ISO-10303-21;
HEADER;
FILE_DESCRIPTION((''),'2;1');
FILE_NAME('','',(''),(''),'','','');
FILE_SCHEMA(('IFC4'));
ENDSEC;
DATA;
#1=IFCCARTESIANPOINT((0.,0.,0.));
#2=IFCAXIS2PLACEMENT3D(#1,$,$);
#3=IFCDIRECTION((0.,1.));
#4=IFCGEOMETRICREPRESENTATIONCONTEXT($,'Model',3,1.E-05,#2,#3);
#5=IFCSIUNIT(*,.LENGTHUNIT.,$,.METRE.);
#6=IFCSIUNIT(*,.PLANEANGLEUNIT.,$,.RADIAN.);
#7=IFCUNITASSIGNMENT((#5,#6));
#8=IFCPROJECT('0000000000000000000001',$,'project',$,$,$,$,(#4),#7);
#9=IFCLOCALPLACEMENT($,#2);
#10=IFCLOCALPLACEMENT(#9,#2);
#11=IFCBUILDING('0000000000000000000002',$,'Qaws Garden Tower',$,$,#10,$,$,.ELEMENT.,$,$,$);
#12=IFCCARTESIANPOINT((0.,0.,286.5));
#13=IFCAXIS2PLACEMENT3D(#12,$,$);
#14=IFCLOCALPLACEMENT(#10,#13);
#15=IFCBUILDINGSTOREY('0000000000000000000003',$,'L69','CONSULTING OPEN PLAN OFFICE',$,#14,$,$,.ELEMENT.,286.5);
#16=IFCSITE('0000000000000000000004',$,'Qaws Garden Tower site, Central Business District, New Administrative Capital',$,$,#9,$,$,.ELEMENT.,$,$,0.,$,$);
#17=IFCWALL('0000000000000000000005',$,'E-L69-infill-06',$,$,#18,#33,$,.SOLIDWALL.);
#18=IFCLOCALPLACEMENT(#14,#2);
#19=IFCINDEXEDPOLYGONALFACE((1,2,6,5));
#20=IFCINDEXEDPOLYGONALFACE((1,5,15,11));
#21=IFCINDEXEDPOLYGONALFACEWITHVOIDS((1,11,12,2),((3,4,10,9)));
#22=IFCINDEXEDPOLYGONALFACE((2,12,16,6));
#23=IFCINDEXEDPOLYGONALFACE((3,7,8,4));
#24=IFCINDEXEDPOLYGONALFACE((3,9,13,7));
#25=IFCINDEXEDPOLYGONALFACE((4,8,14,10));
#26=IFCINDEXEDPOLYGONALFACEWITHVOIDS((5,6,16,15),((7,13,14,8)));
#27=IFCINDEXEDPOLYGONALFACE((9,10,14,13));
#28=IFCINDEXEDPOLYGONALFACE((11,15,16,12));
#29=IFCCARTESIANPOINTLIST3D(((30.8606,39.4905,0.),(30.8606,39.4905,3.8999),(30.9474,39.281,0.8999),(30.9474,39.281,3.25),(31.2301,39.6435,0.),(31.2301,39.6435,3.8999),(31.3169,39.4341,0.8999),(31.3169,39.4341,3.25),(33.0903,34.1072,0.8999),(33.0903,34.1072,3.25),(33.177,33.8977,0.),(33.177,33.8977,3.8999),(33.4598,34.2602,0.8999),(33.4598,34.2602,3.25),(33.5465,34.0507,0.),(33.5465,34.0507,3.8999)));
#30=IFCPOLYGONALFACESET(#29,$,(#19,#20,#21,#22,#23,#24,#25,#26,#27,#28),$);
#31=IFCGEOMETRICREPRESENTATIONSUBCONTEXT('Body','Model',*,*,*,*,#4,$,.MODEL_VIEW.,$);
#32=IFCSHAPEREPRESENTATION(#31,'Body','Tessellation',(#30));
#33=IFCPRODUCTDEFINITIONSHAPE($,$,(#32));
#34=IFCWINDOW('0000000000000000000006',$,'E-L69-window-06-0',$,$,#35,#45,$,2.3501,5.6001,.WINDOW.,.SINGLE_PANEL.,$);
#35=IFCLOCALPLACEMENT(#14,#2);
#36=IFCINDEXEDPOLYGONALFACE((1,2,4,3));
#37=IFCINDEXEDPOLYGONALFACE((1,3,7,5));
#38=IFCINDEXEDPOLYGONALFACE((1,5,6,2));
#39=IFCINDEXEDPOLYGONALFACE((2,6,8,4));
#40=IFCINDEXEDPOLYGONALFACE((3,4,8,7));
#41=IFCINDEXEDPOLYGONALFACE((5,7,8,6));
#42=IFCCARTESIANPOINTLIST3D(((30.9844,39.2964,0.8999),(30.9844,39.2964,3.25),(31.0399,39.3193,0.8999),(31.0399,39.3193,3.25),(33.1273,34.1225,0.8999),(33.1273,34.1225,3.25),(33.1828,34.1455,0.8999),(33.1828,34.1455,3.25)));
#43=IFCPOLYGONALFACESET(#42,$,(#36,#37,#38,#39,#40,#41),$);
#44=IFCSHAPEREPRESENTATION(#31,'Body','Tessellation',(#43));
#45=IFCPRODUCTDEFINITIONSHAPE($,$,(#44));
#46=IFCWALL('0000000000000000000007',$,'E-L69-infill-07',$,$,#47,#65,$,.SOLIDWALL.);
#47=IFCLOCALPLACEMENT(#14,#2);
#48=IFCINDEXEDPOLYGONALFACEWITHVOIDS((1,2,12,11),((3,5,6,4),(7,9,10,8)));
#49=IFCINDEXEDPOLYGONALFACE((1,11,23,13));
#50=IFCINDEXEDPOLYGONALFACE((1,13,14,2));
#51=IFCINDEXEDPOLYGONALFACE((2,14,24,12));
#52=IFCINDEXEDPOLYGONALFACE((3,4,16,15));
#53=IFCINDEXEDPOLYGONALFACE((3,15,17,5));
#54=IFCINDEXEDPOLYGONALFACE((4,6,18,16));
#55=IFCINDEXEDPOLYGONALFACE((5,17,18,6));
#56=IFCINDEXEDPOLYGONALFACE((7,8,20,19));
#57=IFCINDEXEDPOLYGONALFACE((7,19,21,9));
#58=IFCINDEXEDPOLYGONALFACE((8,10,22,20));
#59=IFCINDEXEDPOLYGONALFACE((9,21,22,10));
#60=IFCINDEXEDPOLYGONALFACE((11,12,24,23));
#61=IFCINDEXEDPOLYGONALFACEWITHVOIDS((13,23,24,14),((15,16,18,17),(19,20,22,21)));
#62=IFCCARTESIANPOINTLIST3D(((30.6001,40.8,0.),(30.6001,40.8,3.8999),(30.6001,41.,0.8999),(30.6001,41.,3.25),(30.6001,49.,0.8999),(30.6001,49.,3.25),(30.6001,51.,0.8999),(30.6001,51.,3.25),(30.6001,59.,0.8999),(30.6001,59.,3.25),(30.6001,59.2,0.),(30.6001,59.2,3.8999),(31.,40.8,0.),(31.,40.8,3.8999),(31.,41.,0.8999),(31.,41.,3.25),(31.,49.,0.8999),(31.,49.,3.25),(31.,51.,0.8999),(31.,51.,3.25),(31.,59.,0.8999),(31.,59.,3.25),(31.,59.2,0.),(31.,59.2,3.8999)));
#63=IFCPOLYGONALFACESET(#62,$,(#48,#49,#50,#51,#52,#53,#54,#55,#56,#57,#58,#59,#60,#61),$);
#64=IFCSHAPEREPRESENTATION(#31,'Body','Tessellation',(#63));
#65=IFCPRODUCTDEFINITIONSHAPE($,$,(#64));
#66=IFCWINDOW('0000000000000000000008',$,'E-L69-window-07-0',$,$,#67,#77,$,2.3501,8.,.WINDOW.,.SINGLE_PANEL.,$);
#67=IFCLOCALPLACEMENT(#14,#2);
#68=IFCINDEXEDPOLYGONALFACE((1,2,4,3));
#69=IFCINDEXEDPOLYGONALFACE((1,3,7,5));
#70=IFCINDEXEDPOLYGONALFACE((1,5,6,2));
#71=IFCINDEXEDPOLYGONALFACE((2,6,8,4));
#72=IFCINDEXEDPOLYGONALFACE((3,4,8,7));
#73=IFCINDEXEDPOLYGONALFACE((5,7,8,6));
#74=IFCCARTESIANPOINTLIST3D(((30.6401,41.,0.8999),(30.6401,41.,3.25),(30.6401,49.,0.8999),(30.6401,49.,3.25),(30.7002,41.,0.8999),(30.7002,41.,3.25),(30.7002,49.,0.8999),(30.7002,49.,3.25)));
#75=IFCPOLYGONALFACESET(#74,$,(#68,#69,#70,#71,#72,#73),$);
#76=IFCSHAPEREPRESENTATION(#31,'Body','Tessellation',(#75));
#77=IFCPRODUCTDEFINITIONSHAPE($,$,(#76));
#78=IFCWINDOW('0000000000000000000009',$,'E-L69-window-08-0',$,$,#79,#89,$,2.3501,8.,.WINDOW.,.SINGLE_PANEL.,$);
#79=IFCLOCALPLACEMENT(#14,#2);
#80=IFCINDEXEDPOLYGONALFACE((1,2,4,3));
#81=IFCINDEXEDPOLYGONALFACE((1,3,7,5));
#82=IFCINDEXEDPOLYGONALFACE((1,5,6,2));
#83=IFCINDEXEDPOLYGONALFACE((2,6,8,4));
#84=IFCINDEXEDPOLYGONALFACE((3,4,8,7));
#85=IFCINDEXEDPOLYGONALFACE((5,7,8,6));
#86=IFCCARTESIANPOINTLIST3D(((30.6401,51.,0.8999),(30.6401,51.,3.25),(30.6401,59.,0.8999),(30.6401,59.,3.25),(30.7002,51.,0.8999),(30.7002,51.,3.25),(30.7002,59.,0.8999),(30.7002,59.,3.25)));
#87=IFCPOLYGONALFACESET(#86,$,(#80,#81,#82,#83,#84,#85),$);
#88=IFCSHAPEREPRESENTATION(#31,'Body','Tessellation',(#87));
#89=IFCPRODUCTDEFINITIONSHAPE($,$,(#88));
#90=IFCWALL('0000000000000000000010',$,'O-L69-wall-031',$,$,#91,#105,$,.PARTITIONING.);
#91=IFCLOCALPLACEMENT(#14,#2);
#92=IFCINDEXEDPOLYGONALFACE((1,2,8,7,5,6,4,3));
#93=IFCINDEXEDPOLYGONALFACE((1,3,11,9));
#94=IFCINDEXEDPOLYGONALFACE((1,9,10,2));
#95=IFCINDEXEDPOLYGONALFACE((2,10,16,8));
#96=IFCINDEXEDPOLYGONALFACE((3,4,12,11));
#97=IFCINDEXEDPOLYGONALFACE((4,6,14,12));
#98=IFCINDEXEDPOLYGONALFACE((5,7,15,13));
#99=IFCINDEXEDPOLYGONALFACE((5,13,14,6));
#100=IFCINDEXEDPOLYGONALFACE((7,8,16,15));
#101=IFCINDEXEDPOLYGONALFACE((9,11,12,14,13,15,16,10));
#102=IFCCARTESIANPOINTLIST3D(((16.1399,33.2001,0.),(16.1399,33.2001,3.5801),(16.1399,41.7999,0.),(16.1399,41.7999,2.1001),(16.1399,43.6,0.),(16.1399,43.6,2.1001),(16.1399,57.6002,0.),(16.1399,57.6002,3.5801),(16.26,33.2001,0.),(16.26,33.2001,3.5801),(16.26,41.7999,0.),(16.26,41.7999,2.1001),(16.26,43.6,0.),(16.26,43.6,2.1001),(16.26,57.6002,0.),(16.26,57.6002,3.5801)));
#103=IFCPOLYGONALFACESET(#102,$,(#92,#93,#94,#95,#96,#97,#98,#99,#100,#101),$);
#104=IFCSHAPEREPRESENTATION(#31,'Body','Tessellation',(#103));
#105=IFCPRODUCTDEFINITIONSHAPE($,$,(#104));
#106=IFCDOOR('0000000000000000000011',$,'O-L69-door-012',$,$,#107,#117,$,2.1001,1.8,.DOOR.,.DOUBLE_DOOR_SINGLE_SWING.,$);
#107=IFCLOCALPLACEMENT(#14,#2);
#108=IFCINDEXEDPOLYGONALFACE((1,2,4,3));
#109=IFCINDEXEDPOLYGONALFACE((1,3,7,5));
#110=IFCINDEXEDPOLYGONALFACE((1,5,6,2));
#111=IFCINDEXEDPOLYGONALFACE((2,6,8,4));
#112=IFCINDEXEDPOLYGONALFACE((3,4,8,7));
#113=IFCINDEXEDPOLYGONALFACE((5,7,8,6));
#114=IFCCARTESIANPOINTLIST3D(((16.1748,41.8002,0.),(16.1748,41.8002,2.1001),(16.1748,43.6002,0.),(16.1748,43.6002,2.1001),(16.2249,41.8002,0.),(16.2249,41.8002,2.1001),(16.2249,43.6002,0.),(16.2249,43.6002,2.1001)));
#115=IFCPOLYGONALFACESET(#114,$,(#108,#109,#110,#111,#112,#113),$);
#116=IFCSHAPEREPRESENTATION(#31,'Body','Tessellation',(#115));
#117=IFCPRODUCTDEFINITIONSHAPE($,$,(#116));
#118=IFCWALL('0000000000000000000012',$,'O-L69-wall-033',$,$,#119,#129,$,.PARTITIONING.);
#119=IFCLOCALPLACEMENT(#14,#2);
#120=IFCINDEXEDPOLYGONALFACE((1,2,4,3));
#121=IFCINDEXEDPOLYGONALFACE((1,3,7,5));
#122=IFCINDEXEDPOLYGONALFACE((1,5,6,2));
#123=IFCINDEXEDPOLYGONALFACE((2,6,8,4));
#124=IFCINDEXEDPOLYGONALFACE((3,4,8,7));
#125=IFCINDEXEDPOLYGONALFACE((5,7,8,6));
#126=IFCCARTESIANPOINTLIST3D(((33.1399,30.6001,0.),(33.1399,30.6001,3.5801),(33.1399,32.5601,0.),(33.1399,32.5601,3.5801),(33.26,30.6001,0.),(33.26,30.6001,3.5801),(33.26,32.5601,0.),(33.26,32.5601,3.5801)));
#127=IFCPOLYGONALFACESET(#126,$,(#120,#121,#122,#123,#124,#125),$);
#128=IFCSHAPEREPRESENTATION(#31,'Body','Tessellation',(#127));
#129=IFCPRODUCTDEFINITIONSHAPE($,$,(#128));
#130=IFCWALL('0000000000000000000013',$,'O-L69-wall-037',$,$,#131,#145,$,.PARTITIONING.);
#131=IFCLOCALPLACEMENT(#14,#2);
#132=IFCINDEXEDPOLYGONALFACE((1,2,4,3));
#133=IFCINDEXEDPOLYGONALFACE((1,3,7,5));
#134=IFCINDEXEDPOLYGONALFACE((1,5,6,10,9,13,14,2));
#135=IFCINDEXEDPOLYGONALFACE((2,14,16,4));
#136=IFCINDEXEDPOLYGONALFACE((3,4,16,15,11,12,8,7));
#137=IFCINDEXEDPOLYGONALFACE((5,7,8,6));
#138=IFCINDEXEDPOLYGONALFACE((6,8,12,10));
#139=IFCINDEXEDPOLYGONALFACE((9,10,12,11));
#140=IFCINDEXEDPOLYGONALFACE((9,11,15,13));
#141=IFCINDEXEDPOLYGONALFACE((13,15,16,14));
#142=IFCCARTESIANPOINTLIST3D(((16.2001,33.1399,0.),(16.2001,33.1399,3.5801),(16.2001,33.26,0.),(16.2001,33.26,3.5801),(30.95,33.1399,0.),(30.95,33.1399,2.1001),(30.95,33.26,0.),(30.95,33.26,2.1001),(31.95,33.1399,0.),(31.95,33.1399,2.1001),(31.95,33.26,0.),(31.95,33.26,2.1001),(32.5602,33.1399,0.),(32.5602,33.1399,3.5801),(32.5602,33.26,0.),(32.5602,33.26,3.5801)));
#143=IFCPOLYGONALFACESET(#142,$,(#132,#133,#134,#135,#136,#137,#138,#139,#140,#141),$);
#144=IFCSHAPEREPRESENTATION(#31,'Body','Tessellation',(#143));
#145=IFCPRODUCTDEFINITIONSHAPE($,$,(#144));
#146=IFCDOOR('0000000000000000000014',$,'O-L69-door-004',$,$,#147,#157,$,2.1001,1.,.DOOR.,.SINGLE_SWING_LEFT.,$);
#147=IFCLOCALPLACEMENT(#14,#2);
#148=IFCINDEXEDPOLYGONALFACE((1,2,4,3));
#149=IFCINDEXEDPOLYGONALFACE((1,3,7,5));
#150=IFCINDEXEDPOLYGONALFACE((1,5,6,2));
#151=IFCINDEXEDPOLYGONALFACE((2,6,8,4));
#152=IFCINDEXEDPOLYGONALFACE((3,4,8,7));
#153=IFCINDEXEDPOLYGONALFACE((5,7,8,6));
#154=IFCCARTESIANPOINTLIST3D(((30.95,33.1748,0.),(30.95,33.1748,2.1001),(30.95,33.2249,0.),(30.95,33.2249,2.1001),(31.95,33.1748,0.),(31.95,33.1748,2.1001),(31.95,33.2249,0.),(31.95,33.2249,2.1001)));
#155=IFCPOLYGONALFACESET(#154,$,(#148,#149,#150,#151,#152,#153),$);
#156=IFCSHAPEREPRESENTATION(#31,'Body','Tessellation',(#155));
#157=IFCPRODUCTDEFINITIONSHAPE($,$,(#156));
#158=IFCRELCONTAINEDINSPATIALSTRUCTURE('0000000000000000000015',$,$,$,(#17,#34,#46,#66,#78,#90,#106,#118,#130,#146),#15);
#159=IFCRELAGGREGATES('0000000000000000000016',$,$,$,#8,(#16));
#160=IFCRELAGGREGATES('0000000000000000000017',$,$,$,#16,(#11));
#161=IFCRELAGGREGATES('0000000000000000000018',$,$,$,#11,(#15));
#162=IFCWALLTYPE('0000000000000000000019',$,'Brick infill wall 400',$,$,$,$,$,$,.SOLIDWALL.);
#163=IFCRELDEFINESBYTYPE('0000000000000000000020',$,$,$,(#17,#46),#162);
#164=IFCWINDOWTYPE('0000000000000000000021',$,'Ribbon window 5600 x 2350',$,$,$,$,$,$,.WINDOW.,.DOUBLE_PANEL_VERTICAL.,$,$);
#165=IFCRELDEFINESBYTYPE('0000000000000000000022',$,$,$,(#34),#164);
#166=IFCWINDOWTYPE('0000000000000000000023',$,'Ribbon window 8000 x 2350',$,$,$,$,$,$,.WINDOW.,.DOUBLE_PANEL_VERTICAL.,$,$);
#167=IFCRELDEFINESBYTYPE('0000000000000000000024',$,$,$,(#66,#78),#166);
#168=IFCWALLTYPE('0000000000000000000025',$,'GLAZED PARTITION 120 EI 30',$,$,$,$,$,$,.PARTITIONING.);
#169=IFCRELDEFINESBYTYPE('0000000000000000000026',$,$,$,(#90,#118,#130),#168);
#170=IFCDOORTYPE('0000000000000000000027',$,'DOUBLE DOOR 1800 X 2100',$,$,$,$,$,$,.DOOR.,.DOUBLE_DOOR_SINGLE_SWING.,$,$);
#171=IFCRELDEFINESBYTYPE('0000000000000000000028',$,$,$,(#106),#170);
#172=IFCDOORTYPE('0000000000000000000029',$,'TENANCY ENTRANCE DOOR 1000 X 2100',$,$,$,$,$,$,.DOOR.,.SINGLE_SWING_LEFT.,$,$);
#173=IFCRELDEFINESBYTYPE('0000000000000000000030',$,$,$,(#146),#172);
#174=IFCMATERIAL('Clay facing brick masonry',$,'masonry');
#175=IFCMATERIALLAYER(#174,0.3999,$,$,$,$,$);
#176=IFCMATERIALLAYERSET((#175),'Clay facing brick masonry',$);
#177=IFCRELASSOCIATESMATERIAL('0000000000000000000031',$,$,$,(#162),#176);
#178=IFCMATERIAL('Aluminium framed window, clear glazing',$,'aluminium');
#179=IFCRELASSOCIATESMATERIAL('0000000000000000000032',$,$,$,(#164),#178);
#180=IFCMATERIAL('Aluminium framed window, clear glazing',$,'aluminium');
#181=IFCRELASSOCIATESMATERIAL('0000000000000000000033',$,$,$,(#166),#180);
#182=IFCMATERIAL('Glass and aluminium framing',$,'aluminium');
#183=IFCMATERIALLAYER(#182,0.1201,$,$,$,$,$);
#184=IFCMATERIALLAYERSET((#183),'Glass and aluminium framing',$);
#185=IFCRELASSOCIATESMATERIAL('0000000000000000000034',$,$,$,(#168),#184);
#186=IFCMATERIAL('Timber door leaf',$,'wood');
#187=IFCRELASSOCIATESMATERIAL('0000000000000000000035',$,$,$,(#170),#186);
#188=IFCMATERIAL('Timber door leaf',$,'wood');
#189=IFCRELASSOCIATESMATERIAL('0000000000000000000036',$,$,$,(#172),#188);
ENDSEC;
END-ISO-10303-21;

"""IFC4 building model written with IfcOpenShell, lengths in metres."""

from ifc_helpers import new_model, si_unit, direction, frame, frame_2d, origin, place, context, subcontext, project, spatial, rectangle, extrude, material, layer, layer_set, type_object, element, fill, save


model = new_model("IFC4")

# Units and contexts
model_context = context("Model", 3, precision=1e-05, world=origin(), true_north=direction((0.0, 1.0)))
body_context = subcontext(model_context, "Body", "Model", "MODEL_VIEW")
ifc_project = project(units=[si_unit("LENGTHUNIT", "METRE"), si_unit("PLANEANGLEUNIT", "RADIAN")], contexts=[model_context])

# Site, building, storey
site_placement = place(None, origin())
site = spatial("IfcSite", under=ifc_project, at=site_placement, Name="Qaws Garden Tower site, Central Business District, New Administrative Capital", CompositionType="ELEMENT", RefElevation=0.0)
building_placement = place(site_placement, origin())
building = spatial("IfcBuilding", under=site, at=building_placement, Name="Qaws Garden Tower", CompositionType="ELEMENT")
storey_placement = place(building_placement, frame((0.0, 0.0, 286.5)))
storey = spatial("IfcBuildingStorey", under=building, at=storey_placement, Name="L69", Description="CONSULTING OPEN PLAN OFFICE", CompositionType="ELEMENT", Elevation=286.5)

# Wall, opening, window
ifc_material_1 = material(Name="Clay facing brick masonry", Category="masonry")
ifc_layer_1 = layer(ifc_material_1, 0.3999)
ifc_layer_set_1 = layer_set([ifc_layer_1], Name="Clay facing brick masonry")
wall_type_1 = type_object("IfcWallType", Name="Brick infill wall 400", PredefinedType="SOLIDWALL", material=ifc_layer_set_1)
ifc_material_2 = material(Name="Aluminium framed window, clear glazing", Category="aluminium")
window_type_1 = type_object("IfcWindowType", Name="Ribbon window 5600 x 2350", PartitioningType="DOUBLE_PANEL_VERTICAL", PredefinedType="WINDOW", material=ifc_material_2)
wall_1_placement = place(storey_placement, frame((33.3618, 33.9741, 0.0), z_axis=(0.0, 0.0, 1.0), x_axis=(-0.382656, 0.923891, 0.0)))
wall_1 = element("IfcWall", 1, at=wall_1_placement, inside=storey, type_object=wall_type_1, Name="E-L69-infill-06", PredefinedType="SOLIDWALL", context=body_context, shape_type="SweptSolid", body=[
    extrude(rectangle(XDim=6.0535, YDim=0.3999, at=frame_2d((3.0269, 0.0))), origin(), (0.0, 0.0, 1.0), 3.8999),
])
opening_1_placement = place(wall_1_placement, frame((0.2268, 0.0, 0.8999)))
opening_1 = element("IfcOpeningElement", 2, at=opening_1_placement, cuts=wall_1, PredefinedType="OPENING", context=body_context, shape_type="SweptSolid", body=[
    extrude(rectangle(XDim=5.6001, YDim=2.3501, at=frame_2d((2.8, 1.175))), frame((0.0, 0.21, 0.0), z_axis=(0.0, -1.0, 0.0), x_axis=(1.0, 0.0, 0.0)), (0.0, 0.0, 1.0), 0.4199),
])
window_1_placement = place(opening_1_placement, origin())
window_1 = element("IfcWindow", 3, at=window_1_placement, inside=storey, type_object=window_type_1, Name="E-L69-window-06-0", OverallHeight=2.3501, OverallWidth=5.6001, PartitioningType="SINGLE_PANEL", PredefinedType="WINDOW", context=body_context, shape_type="SweptSolid", body=[
    extrude(rectangle(XDim=5.6001, YDim=2.3501, at=frame_2d((2.8, 1.175))), frame((0.0, 0.1599, 0.0), z_axis=(0.0, -1.0, 0.0), x_axis=(1.0, 0.0, 0.0)), (0.0, 0.0, 1.0), 0.0601),
])
fill(opening_1, window_1)

# Wall, openings, windows
wall_2_placement = place(storey_placement, frame((30.8, 40.8, 0.0), z_axis=(0.0, 0.0, 1.0), x_axis=(0.0, 1.0, 0.0)))
wall_2 = element("IfcWall", 4, at=wall_2_placement, inside=storey, type_object=wall_type_1, Name="E-L69-infill-07", PredefinedType="SOLIDWALL", context=body_context, shape_type="SweptSolid", body=[
    extrude(rectangle(XDim=18.3999, YDim=0.3999, at=frame_2d((9.2, 0.0))), origin(), (0.0, 0.0, 1.0), 3.8999),
])
opening_2_placement = place(wall_2_placement, frame((0.2, 0.0, 0.8999)))
opening_2 = element("IfcOpeningElement", 5, at=opening_2_placement, cuts=wall_2, PredefinedType="OPENING", context=body_context, shape_type="SweptSolid", body=[
    extrude(rectangle(XDim=8.0, YDim=2.3501, at=frame_2d((4.0, 1.175))), frame((0.0, 0.21, 0.0), z_axis=(0.0, -1.0, 0.0), x_axis=(1.0, 0.0, 0.0)), (0.0, 0.0, 1.0), 0.4199),
])
opening_3_placement = place(wall_2_placement, frame((10.2, 0.0, 0.8999)))
opening_3 = element("IfcOpeningElement", 6, at=opening_3_placement, cuts=wall_2, PredefinedType="OPENING", context=body_context, shape_type="SweptSolid", body=[
    extrude(rectangle(XDim=8.0, YDim=2.3501, at=frame_2d((4.0, 1.175))), frame((0.0, 0.21, 0.0), z_axis=(0.0, -1.0, 0.0), x_axis=(1.0, 0.0, 0.0)), (0.0, 0.0, 1.0), 0.4199),
])
ifc_material_3 = material(Name="Aluminium framed window, clear glazing", Category="aluminium")
window_type_2 = type_object("IfcWindowType", Name="Ribbon window 8000 x 2350", PartitioningType="DOUBLE_PANEL_VERTICAL", PredefinedType="WINDOW", material=ifc_material_3)
window_2_placement = place(opening_2_placement, origin())
window_2 = element("IfcWindow", 7, at=window_2_placement, inside=storey, type_object=window_type_2, Name="E-L69-window-07-0", OverallHeight=2.3501, OverallWidth=8.0, PartitioningType="SINGLE_PANEL", PredefinedType="WINDOW", context=body_context, shape_type="SweptSolid", body=[
    extrude(rectangle(XDim=8.0, YDim=2.3501, at=frame_2d((4.0, 1.175))), frame((0.0, 0.1599, 0.0), z_axis=(0.0, -1.0, 0.0), x_axis=(1.0, 0.0, 0.0)), (0.0, 0.0, 1.0), 0.0601),
])
fill(opening_2, window_2)
window_3_placement = place(opening_3_placement, origin())
window_3 = element("IfcWindow", 8, at=window_3_placement, inside=storey, type_object=window_type_2, Name="E-L69-window-08-0", OverallHeight=2.3501, OverallWidth=8.0, PartitioningType="SINGLE_PANEL", PredefinedType="WINDOW", context=body_context, shape_type="SweptSolid", body=[
    extrude(rectangle(XDim=8.0, YDim=2.3501, at=frame_2d((4.0, 1.175))), frame((0.0, 0.1599, 0.0), z_axis=(0.0, -1.0, 0.0), x_axis=(1.0, 0.0, 0.0)), (0.0, 0.0, 1.0), 0.0601),
])
fill(opening_3, window_3)

# Wall, opening, door
ifc_material_4 = material(Name="Glass and aluminium framing", Category="aluminium")
ifc_layer_2 = layer(ifc_material_4, 0.1201)
ifc_layer_set_2 = layer_set([ifc_layer_2], Name="Glass and aluminium framing")
wall_type_2 = type_object("IfcWallType", Name="GLAZED PARTITION 120 EI 30", PredefinedType="PARTITIONING", material=ifc_layer_set_2)
wall_3_placement = place(storey_placement, frame((16.2, 33.2, 0.0), z_axis=(0.0, 0.0, 1.0), x_axis=(0.0, 1.0, 0.0)))
wall_3 = element("IfcWall", 9, at=wall_3_placement, inside=storey, type_object=wall_type_2, Name="O-L69-wall-031", PredefinedType="PARTITIONING", context=body_context, shape_type="SweptSolid", body=[
    extrude(rectangle(XDim=24.4001, YDim=0.1201, at=frame_2d((12.2002, 0.0))), origin(), (0.0, 0.0, 1.0), 3.5801),
])
opening_4_placement = place(wall_3_placement, frame((8.6001, 0.0, 0.0)))
opening_4 = element("IfcOpeningElement", 10, at=opening_4_placement, cuts=wall_3, PredefinedType="OPENING", context=body_context, shape_type="SweptSolid", body=[
    extrude(rectangle(XDim=1.8, YDim=2.1001, at=frame_2d((0.8999, 1.05))), frame((0.0, 0.0701, 0.0), z_axis=(0.0, -1.0, 0.0), x_axis=(1.0, 0.0, 0.0)), (0.0, 0.0, 1.0), 0.1401),
])
ifc_material_5 = material(Name="Timber door leaf", Category="wood")
door_type_1 = type_object("IfcDoorType", Name="DOUBLE DOOR 1800 X 2100", OperationType="DOUBLE_DOOR_SINGLE_SWING", PredefinedType="DOOR", material=ifc_material_5)
door_1_placement = place(opening_4_placement, frame((1.8, 0.0, 0.0), z_axis=(0.0, 0.0, 1.0), x_axis=(-1.0, 0.0, 0.0)))
door_1 = element("IfcDoor", 11, at=door_1_placement, inside=storey, type_object=door_type_1, Name="O-L69-door-012", OperationType="DOUBLE_DOOR_SINGLE_SWING", OverallHeight=2.1001, OverallWidth=1.8, PredefinedType="DOOR", context=body_context, shape_type="SweptSolid", body=[
    extrude(rectangle(XDim=1.8, YDim=2.1001, at=frame_2d((0.8999, 1.05))), frame((0.0, 0.0249, 0.0), z_axis=(0.0, -1.0, 0.0), x_axis=(1.0, 0.0, 0.0)), (0.0, 0.0, 1.0), 0.05),
])
fill(opening_4, door_1)

# Wall
wall_4_placement = place(storey_placement, frame((33.2, 30.6001, 0.0), z_axis=(0.0, 0.0, 1.0), x_axis=(0.0, 1.0, 0.0)))
element("IfcWall", 12, at=wall_4_placement, inside=storey, type_object=wall_type_2, Name="O-L69-wall-033", PredefinedType="PARTITIONING", context=body_context, shape_type="SweptSolid", body=[
    extrude(rectangle(XDim=1.96, YDim=0.1201, at=frame_2d((0.98, 0.0))), origin(), (0.0, 0.0, 1.0), 3.5801),
])

# Wall, opening, door
wall_5_placement = place(storey_placement, frame((16.2, 33.2, 0.0), z_axis=(0.0, 0.0, 1.0), x_axis=(1.0, 0.0, 0.0)))
wall_5 = element("IfcWall", 13, at=wall_5_placement, inside=storey, type_object=wall_type_2, Name="O-L69-wall-037", PredefinedType="PARTITIONING", context=body_context, shape_type="SweptSolid", body=[
    extrude(rectangle(XDim=16.3601, YDim=0.1201, at=frame_2d((8.1802, 0.0))), origin(), (0.0, 0.0, 1.0), 3.5801),
])
opening_5_placement = place(wall_5_placement, frame((14.75, 0.0, 0.0)))
opening_5 = element("IfcOpeningElement", 14, at=opening_5_placement, cuts=wall_5, PredefinedType="OPENING", context=body_context, shape_type="SweptSolid", body=[
    extrude(rectangle(XDim=1.0, YDim=2.1001, at=frame_2d((0.5, 1.05))), frame((0.0, 0.0701, 0.0), z_axis=(0.0, -1.0, 0.0), x_axis=(1.0, 0.0, 0.0)), (0.0, 0.0, 1.0), 0.1401),
])
ifc_material_6 = material(Name="Timber door leaf", Category="wood")
door_type_2 = type_object("IfcDoorType", Name="TENANCY ENTRANCE DOOR 1000 X 2100", OperationType="SINGLE_SWING_LEFT", PredefinedType="DOOR", material=ifc_material_6)
door_2_placement = place(opening_5_placement, origin())
door_2 = element("IfcDoor", 15, at=door_2_placement, inside=storey, type_object=door_type_2, Name="O-L69-door-004", OperationType="SINGLE_SWING_LEFT", OverallHeight=2.1001, OverallWidth=1.0, PredefinedType="DOOR", context=body_context, shape_type="SweptSolid", body=[
    extrude(rectangle(XDim=1.0, YDim=2.1001, at=frame_2d((0.5, 1.05))), frame((0.0, 0.0249, 0.0), z_axis=(0.0, -1.0, 0.0), x_axis=(1.0, 0.0, 0.0)), (0.0, 0.0, 1.0), 0.05),
])
fill(opening_5, door_2)

save(model, "model.ifc")
